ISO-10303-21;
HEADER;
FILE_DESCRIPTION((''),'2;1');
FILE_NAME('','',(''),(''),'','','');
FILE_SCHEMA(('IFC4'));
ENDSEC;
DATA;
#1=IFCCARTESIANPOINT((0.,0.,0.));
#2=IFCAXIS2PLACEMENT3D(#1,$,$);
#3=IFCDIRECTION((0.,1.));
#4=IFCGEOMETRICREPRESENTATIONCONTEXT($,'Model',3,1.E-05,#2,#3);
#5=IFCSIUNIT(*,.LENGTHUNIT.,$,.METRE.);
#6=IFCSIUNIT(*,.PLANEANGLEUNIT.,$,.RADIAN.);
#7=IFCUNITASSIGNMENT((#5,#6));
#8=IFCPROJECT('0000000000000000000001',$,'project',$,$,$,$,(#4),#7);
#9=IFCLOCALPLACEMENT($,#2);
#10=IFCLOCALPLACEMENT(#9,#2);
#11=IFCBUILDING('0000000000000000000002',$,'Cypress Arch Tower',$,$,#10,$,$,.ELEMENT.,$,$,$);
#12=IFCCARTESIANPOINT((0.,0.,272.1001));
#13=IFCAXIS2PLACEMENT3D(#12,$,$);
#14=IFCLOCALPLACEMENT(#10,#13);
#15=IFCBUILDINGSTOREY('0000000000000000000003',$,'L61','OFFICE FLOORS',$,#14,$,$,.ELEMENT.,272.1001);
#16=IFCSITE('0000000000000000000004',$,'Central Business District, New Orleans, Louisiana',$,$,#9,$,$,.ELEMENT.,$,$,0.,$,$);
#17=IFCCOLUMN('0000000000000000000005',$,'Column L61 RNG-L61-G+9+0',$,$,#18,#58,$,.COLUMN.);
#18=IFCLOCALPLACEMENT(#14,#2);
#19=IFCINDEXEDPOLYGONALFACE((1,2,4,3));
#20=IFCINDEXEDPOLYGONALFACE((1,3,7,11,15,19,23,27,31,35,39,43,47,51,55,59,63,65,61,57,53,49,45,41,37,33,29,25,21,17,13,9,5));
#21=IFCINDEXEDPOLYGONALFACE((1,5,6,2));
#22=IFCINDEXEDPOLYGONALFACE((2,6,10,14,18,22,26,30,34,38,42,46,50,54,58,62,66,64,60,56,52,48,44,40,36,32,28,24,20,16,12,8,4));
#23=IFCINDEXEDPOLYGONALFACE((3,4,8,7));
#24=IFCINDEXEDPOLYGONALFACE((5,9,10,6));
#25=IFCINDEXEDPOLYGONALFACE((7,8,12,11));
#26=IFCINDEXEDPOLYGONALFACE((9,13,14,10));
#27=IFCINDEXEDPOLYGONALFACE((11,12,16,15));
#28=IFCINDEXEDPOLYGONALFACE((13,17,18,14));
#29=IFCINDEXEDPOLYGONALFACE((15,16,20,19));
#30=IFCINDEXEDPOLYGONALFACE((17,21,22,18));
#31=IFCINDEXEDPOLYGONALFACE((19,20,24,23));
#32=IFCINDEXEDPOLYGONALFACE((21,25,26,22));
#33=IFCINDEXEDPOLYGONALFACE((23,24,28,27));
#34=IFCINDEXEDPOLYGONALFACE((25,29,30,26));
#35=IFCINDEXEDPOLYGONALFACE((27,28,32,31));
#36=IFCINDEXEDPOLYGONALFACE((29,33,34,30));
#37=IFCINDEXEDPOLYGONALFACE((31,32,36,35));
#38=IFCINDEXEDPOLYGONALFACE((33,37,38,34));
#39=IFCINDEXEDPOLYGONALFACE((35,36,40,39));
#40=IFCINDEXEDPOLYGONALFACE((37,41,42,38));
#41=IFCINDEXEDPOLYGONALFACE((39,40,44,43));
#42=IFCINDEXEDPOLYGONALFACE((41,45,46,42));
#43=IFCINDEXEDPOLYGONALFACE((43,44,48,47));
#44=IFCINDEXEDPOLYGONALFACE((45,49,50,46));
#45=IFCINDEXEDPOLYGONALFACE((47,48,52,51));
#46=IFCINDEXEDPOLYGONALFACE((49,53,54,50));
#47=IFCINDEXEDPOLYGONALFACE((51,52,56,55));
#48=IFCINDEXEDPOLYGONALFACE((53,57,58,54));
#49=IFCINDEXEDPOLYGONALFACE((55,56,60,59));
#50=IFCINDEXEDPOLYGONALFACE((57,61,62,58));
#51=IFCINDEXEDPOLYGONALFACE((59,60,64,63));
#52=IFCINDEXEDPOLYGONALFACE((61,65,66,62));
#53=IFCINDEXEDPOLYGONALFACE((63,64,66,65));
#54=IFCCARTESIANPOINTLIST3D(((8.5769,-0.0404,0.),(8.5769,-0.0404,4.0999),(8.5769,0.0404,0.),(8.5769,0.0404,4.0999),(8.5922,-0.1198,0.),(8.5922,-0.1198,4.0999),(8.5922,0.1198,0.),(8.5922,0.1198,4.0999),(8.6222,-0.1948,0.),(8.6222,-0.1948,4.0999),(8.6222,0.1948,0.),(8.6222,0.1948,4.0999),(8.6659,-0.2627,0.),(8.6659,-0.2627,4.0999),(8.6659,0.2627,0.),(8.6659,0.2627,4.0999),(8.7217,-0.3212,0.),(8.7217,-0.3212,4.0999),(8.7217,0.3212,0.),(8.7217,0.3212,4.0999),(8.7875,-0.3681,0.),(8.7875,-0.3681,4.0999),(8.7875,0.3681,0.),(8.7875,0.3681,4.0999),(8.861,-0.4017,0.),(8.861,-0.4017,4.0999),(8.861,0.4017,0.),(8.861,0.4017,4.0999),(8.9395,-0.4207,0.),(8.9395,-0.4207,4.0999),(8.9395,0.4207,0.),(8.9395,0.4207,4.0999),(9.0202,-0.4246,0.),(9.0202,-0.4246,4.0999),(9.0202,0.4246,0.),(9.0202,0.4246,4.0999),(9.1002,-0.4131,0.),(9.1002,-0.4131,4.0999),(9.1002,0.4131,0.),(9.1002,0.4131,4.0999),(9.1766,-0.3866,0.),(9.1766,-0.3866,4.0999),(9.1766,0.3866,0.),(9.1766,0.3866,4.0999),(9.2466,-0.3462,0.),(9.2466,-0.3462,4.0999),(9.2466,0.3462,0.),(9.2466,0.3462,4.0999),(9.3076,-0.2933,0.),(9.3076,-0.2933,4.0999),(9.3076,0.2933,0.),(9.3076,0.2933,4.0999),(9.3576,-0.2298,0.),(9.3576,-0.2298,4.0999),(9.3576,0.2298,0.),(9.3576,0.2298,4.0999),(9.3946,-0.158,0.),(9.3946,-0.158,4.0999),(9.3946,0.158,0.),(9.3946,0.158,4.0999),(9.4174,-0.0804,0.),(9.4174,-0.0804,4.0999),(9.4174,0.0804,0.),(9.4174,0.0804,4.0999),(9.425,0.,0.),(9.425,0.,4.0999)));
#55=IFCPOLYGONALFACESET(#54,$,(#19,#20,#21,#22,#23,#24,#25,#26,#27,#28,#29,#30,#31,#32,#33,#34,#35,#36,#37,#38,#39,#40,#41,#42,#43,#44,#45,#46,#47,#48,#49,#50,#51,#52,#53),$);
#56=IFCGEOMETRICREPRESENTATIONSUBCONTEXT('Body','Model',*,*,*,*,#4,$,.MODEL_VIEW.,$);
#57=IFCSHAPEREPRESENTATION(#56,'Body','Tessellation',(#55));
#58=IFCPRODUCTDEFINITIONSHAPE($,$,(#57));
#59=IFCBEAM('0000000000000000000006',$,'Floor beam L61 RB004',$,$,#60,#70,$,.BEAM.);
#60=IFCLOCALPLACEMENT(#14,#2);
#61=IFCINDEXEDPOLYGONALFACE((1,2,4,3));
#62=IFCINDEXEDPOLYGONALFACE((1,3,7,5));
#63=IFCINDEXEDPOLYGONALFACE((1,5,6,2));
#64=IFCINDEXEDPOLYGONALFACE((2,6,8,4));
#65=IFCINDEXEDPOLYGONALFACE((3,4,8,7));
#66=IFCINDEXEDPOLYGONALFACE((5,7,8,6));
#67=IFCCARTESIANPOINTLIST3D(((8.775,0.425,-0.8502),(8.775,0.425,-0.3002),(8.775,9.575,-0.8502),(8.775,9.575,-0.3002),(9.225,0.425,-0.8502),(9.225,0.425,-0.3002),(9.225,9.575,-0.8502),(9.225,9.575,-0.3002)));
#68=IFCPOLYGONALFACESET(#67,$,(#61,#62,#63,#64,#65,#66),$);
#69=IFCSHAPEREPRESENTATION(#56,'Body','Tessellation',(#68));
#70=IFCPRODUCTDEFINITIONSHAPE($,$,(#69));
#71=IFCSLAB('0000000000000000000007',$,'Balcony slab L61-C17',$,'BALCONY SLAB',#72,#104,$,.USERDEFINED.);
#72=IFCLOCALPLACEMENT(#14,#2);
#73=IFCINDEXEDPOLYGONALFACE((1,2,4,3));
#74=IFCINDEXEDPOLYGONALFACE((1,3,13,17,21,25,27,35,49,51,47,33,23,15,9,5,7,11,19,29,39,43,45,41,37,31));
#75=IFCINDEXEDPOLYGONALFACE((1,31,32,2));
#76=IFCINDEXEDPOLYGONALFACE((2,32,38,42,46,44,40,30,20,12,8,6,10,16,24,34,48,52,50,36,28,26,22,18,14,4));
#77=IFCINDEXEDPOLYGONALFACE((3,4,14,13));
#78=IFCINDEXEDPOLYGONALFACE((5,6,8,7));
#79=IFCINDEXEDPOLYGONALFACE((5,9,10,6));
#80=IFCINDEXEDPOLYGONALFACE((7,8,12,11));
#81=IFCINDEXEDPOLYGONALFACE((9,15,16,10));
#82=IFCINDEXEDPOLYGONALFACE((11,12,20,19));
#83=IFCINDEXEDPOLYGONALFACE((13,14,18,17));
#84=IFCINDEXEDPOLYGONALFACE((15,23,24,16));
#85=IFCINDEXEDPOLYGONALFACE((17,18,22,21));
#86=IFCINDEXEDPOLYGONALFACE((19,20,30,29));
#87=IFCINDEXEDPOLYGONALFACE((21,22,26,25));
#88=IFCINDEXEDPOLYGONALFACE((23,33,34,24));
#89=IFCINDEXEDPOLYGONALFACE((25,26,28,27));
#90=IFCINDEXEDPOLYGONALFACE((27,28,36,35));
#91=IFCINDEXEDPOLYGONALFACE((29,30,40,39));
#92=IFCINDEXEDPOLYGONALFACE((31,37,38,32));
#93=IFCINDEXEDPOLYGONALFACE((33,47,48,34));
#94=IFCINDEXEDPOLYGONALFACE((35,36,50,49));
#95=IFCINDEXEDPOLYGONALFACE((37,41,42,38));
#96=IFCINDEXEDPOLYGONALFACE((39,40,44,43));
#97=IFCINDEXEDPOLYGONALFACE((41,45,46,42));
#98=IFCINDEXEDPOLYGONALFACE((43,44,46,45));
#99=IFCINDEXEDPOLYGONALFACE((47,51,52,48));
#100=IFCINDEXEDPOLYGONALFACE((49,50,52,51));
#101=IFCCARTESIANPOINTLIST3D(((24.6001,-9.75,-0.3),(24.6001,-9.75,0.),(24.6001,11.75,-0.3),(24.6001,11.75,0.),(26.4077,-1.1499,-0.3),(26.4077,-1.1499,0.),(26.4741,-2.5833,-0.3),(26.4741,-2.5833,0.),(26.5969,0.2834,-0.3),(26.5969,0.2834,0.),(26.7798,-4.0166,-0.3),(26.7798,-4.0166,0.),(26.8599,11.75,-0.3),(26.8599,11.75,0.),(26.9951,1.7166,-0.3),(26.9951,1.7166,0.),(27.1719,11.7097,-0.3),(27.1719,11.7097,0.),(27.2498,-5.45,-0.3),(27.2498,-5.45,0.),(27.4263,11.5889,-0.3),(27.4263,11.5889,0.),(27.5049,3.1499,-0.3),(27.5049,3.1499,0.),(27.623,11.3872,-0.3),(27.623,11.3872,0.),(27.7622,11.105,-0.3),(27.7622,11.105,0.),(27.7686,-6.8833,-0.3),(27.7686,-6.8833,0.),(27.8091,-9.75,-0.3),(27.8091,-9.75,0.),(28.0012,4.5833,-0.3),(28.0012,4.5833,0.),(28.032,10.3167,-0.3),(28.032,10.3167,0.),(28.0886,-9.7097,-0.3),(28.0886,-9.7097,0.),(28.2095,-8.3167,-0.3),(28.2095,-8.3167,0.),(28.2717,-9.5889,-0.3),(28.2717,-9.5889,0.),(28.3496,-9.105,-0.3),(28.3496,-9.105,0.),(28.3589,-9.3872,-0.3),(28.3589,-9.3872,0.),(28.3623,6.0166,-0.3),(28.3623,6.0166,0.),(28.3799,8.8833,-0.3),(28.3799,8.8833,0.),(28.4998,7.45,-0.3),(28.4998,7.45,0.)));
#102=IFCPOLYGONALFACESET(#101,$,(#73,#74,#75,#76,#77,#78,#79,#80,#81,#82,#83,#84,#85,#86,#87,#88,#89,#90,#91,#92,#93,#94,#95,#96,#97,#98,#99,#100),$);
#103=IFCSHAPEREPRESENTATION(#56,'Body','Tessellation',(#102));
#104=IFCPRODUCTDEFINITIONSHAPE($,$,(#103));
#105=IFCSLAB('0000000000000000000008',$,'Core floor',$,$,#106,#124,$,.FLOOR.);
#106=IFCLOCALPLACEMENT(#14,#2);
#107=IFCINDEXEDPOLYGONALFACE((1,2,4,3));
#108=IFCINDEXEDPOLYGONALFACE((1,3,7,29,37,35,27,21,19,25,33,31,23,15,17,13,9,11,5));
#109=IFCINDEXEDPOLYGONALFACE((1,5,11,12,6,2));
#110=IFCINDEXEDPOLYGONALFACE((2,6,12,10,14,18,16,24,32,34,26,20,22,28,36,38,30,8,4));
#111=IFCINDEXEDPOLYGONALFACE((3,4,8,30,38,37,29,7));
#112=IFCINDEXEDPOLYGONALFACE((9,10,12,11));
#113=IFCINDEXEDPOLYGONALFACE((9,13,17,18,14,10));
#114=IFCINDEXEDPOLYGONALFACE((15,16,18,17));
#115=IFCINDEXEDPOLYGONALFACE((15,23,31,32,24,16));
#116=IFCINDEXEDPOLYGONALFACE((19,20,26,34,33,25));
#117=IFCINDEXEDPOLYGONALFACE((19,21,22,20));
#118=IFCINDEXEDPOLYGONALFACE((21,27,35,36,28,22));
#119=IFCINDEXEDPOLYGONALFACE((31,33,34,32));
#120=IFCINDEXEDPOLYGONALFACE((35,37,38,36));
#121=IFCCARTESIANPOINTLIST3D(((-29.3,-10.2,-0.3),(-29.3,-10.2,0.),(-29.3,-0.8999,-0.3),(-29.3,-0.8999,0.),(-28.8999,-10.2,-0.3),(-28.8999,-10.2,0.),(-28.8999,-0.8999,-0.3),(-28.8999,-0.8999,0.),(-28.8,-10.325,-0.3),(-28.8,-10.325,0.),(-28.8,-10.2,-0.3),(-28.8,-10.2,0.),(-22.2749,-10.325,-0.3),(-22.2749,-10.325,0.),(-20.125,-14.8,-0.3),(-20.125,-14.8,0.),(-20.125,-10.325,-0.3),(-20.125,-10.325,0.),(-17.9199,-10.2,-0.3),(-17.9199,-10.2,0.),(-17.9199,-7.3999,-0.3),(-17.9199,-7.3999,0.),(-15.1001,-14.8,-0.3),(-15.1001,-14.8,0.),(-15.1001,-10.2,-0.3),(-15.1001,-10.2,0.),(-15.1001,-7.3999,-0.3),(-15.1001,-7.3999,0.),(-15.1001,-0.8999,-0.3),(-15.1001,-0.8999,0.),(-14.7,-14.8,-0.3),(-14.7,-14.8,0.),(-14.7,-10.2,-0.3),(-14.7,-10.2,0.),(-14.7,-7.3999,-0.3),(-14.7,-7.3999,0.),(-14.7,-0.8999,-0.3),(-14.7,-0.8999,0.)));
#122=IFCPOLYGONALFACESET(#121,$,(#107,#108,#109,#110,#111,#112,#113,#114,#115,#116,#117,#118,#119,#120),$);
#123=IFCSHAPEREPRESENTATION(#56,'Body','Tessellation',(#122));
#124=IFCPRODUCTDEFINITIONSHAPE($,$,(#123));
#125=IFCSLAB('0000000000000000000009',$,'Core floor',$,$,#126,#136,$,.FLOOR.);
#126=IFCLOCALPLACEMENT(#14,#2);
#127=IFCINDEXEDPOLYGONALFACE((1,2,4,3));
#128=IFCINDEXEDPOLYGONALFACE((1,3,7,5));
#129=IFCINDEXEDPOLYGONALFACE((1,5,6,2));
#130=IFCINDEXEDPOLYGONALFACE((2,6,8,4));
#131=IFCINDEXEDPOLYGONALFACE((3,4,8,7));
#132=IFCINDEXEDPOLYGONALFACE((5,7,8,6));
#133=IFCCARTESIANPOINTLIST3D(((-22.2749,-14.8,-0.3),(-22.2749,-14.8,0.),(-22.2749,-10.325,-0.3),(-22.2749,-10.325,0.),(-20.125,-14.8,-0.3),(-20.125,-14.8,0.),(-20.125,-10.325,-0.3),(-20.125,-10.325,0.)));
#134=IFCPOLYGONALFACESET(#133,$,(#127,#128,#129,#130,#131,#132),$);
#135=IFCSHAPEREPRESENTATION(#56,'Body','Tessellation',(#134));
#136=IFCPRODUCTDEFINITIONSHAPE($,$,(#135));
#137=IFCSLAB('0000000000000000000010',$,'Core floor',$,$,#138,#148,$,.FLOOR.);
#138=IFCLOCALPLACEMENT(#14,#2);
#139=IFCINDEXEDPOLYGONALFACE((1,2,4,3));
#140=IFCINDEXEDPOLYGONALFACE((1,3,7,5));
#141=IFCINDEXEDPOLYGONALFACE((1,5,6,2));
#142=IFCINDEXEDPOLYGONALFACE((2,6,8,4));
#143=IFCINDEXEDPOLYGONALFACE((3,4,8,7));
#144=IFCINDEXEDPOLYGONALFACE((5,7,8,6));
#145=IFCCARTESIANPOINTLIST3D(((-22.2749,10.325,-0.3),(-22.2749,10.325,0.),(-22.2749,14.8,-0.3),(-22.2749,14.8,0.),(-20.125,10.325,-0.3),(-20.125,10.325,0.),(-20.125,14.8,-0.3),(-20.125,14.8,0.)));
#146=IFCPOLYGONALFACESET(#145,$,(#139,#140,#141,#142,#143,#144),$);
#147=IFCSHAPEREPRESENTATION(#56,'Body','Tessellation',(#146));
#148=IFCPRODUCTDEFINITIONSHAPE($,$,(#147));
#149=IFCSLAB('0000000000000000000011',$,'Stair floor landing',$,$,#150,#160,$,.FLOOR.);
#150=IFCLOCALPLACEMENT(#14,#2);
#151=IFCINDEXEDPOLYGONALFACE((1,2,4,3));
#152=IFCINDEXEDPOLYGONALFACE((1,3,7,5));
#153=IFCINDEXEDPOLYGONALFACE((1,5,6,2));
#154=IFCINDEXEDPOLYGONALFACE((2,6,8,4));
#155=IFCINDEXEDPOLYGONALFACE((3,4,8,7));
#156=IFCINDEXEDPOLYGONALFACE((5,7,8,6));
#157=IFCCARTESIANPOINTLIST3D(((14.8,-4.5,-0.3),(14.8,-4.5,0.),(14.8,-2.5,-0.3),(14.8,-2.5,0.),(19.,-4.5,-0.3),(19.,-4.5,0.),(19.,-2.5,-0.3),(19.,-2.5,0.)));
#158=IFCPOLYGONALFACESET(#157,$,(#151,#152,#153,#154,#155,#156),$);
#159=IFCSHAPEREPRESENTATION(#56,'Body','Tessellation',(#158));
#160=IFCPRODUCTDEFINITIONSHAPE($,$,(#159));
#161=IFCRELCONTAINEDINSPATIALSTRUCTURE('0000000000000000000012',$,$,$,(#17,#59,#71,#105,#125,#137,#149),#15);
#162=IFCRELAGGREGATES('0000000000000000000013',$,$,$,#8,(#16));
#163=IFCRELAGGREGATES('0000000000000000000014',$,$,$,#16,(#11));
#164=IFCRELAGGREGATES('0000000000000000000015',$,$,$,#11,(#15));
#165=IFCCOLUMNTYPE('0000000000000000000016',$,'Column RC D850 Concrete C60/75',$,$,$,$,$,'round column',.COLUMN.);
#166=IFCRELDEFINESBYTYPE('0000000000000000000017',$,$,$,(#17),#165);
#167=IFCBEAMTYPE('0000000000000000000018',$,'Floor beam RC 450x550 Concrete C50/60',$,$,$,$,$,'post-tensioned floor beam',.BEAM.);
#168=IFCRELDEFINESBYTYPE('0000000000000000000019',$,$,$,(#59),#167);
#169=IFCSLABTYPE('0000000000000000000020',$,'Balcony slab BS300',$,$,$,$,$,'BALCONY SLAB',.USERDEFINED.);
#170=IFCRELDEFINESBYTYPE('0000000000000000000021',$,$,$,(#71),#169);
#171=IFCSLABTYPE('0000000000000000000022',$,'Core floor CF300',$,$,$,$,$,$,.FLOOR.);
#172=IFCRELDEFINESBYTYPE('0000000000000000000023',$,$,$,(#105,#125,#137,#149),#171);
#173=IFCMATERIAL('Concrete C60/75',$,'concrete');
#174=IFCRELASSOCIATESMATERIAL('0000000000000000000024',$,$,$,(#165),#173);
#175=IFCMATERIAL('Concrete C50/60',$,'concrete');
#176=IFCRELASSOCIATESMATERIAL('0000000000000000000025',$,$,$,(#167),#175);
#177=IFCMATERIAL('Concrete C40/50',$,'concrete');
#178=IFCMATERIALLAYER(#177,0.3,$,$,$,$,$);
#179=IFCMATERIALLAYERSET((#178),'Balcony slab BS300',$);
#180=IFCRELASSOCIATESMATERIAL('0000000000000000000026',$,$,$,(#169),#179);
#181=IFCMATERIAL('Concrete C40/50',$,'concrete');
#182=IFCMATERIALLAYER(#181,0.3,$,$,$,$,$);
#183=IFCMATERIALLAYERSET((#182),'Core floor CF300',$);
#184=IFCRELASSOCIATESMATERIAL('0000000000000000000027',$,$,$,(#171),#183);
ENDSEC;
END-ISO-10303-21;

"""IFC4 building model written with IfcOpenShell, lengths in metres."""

from ifc_helpers import new_model, si_unit, direction, frame, origin, origin_2d, place, context, subcontext, project, spatial, polyline, rectangle, circle, outline, extrude, material, layer, layer_set, material_profile, profile_set, type_object, element, save


model = new_model("IFC4")

# Units and contexts
model_context = context("Model", 3, precision=1e-05, world=origin(), true_north=direction((0.0, 1.0)))
body_context = subcontext(model_context, "Body", "Model", "MODEL_VIEW")
ifc_project = project(units=[si_unit("LENGTHUNIT", "METRE"), si_unit("PLANEANGLEUNIT", "RADIAN")], contexts=[model_context])

# Site, building, storey
site_placement = place(None, origin())
site = spatial("IfcSite", under=ifc_project, at=site_placement, Name="Central Business District, New Orleans, Louisiana", CompositionType="ELEMENT", RefElevation=0.0)
building_placement = place(site_placement, origin())
building = spatial("IfcBuilding", under=site, at=building_placement, Name="Cypress Arch Tower", CompositionType="ELEMENT")
storey_placement = place(building_placement, frame((0.0, 0.0, 272.1001)))
storey = spatial("IfcBuildingStorey", under=building, at=storey_placement, Name="L61", Description="OFFICE FLOORS", CompositionType="ELEMENT", Elevation=272.1001)

# Column
ifc_material_1 = material(Name="Concrete C60/75", Category="concrete")
ifc_material_profile_1 = material_profile(ifc_material_1, circle(Radius=0.425, at=origin_2d()), Name="RC D850")
ifc_profile_set_1 = profile_set([ifc_material_profile_1], Name="Concrete C60/75")
column_type = type_object("IfcColumnType", Name="Column RC D850 Concrete C60/75", ElementType="round column", PredefinedType="COLUMN", material=ifc_profile_set_1)
column_placement = place(storey_placement, frame((9.0, 0.0, 0.0), z_axis=(0.0, 0.0, 1.0), x_axis=(1.0, 0.0, 0.0)))
element("IfcColumn", 1, at=column_placement, inside=storey, type_object=column_type, Name="Column L61 RNG-L61-G+9+0", PredefinedType="COLUMN", context=body_context, shape_type="SweptSolid", body=[
    extrude(circle(Radius=0.425, at=origin_2d()), origin(), (0.0, 0.0, 1.0), 4.0999),
])

# Beam
ifc_material_2 = material(Name="Concrete C50/60", Category="concrete")
ifc_material_profile_2 = material_profile(ifc_material_2, rectangle(XDim=0.45, YDim=0.55, at=origin_2d()), Name="RC 450x550")
ifc_profile_set_2 = profile_set([ifc_material_profile_2], Name="Concrete C50/60")
beam_type = type_object("IfcBeamType", Name="Floor beam RC 450x550 Concrete C50/60", ElementType="post-tensioned floor beam", PredefinedType="BEAM", material=ifc_profile_set_2)
beam_placement = place(storey_placement, frame((9.0, 0.425, -0.5752), z_axis=(0.0, 1.0, 0.0), x_axis=(-1.0, 0.0, 0.0)))
element("IfcBeam", 2, at=beam_placement, inside=storey, type_object=beam_type, Name="Floor beam L61 RB004", PredefinedType="BEAM", context=body_context, shape_type="SweptSolid", body=[
    extrude(rectangle(XDim=0.45, YDim=0.55, at=origin_2d()), origin(), (0.0, 0.0, 1.0), 9.1499),
])

# Slabs
ifc_material_3 = material(Name="Concrete C40/50", Category="concrete")
ifc_layer_1 = layer(ifc_material_3, 0.3)
ifc_layer_set_1 = layer_set([ifc_layer_1], Name="Balcony slab BS300")
slab_type_1 = type_object("IfcSlabType", Name="Balcony slab BS300", ElementType="BALCONY SLAB", PredefinedType="USERDEFINED", material=ifc_layer_set_1)
slab_1_placement = place(storey_placement, frame((0.0, 0.0, -0.3)))
element("IfcSlab", 3, at=slab_1_placement, inside=storey, type_object=slab_type_1, Name="Balcony slab L61-C17", ObjectType="BALCONY SLAB", PredefinedType="USERDEFINED", context=body_context, shape_type="SweptSolid", body=[
    extrude(outline(polyline([(24.6001, -9.75), (27.8091, -9.75), (28.0886, -9.7097), (28.2717, -9.5889), (28.3589, -9.3872), (28.3496, -9.105), (28.2095, -8.3167), (27.7686, -6.8833), (27.2498, -5.45), (26.7798, -4.0166), (26.4741, -2.5833), (26.4077, -1.1499), (26.5969, 0.2834), (26.9951, 1.7166), (27.5049, 3.1499), (28.0012, 4.5833), (28.3623, 6.0166), (28.4998, 7.45), (28.3799, 8.8833), (28.032, 10.3167), (27.7622, 11.105), (27.623, 11.3872), (27.4263, 11.5889), (27.1719, 11.7097), (26.8599, 11.75), (24.6001, 11.75), (24.6001, -9.75)])), origin(), (0.0, 0.0, 1.0), 0.3),
])
ifc_material_4 = material(Name="Concrete C40/50", Category="concrete")
ifc_layer_2 = layer(ifc_material_4, 0.3)
ifc_layer_set_2 = layer_set([ifc_layer_2], Name="Core floor CF300")
slab_type_2 = type_object("IfcSlabType", Name="Core floor CF300", PredefinedType="FLOOR", material=ifc_layer_set_2)
slab_2_placement = place(storey_placement, frame((0.0, 0.0, -0.3)))
element("IfcSlab", 4, at=slab_2_placement, inside=storey, type_object=slab_type_2, Name="Core floor", PredefinedType="FLOOR", context=body_context, shape_type="SweptSolid", body=[
    extrude(outline(polyline([(-28.8999, -10.2), (-29.3, -10.2), (-29.3, -0.8999), (-28.8999, -0.8999), (-15.1001, -0.8999), (-14.7, -0.8999), (-14.7, -7.3999), (-15.1001, -7.3999), (-17.9199, -7.3999), (-17.9199, -10.2), (-15.1001, -10.2), (-14.7, -10.2), (-14.7, -14.8), (-15.1001, -14.8), (-20.125, -14.8), (-20.125, -10.325), (-22.2749, -10.325), (-28.8, -10.325), (-28.8, -10.2), (-28.8999, -10.2)])), origin(), (0.0, 0.0, 1.0), 0.3),
])
slab_3_placement = place(storey_placement, frame((0.0, 0.0, -0.3)))
element("IfcSlab", 5, at=slab_3_placement, inside=storey, type_object=slab_type_2, Name="Core floor", PredefinedType="FLOOR", context=body_context, shape_type="SweptSolid", body=[
    extrude(outline(polyline([(-22.2749, -10.325), (-22.2749, -14.8), (-20.125, -14.8), (-20.125, -10.325), (-22.2749, -10.325)])), origin(), (0.0, 0.0, 1.0), 0.3),
])
slab_4_placement = place(storey_placement, frame((0.0, 0.0, -0.3)))
element("IfcSlab", 6, at=slab_4_placement, inside=storey, type_object=slab_type_2, Name="Core floor", PredefinedType="FLOOR", context=body_context, shape_type="SweptSolid", body=[
    extrude(outline(polyline([(-20.125, 14.8), (-22.2749, 14.8), (-22.2749, 10.325), (-20.125, 10.325), (-20.125, 14.8)])), origin(), (0.0, 0.0, 1.0), 0.3),
])
slab_5_placement = place(storey_placement, frame((0.0, 0.0, -0.3)))
element("IfcSlab", 7, at=slab_5_placement, inside=storey, type_object=slab_type_2, Name="Stair floor landing", PredefinedType="FLOOR", context=body_context, shape_type="SweptSolid", body=[
    extrude(outline(polyline([(19.0, -4.5), (19.0, -2.5), (14.8, -2.5), (14.8, -4.5), (19.0, -4.5)])), origin(), (0.0, 0.0, 1.0), 0.3),
])

save(model, "model.ifc")
